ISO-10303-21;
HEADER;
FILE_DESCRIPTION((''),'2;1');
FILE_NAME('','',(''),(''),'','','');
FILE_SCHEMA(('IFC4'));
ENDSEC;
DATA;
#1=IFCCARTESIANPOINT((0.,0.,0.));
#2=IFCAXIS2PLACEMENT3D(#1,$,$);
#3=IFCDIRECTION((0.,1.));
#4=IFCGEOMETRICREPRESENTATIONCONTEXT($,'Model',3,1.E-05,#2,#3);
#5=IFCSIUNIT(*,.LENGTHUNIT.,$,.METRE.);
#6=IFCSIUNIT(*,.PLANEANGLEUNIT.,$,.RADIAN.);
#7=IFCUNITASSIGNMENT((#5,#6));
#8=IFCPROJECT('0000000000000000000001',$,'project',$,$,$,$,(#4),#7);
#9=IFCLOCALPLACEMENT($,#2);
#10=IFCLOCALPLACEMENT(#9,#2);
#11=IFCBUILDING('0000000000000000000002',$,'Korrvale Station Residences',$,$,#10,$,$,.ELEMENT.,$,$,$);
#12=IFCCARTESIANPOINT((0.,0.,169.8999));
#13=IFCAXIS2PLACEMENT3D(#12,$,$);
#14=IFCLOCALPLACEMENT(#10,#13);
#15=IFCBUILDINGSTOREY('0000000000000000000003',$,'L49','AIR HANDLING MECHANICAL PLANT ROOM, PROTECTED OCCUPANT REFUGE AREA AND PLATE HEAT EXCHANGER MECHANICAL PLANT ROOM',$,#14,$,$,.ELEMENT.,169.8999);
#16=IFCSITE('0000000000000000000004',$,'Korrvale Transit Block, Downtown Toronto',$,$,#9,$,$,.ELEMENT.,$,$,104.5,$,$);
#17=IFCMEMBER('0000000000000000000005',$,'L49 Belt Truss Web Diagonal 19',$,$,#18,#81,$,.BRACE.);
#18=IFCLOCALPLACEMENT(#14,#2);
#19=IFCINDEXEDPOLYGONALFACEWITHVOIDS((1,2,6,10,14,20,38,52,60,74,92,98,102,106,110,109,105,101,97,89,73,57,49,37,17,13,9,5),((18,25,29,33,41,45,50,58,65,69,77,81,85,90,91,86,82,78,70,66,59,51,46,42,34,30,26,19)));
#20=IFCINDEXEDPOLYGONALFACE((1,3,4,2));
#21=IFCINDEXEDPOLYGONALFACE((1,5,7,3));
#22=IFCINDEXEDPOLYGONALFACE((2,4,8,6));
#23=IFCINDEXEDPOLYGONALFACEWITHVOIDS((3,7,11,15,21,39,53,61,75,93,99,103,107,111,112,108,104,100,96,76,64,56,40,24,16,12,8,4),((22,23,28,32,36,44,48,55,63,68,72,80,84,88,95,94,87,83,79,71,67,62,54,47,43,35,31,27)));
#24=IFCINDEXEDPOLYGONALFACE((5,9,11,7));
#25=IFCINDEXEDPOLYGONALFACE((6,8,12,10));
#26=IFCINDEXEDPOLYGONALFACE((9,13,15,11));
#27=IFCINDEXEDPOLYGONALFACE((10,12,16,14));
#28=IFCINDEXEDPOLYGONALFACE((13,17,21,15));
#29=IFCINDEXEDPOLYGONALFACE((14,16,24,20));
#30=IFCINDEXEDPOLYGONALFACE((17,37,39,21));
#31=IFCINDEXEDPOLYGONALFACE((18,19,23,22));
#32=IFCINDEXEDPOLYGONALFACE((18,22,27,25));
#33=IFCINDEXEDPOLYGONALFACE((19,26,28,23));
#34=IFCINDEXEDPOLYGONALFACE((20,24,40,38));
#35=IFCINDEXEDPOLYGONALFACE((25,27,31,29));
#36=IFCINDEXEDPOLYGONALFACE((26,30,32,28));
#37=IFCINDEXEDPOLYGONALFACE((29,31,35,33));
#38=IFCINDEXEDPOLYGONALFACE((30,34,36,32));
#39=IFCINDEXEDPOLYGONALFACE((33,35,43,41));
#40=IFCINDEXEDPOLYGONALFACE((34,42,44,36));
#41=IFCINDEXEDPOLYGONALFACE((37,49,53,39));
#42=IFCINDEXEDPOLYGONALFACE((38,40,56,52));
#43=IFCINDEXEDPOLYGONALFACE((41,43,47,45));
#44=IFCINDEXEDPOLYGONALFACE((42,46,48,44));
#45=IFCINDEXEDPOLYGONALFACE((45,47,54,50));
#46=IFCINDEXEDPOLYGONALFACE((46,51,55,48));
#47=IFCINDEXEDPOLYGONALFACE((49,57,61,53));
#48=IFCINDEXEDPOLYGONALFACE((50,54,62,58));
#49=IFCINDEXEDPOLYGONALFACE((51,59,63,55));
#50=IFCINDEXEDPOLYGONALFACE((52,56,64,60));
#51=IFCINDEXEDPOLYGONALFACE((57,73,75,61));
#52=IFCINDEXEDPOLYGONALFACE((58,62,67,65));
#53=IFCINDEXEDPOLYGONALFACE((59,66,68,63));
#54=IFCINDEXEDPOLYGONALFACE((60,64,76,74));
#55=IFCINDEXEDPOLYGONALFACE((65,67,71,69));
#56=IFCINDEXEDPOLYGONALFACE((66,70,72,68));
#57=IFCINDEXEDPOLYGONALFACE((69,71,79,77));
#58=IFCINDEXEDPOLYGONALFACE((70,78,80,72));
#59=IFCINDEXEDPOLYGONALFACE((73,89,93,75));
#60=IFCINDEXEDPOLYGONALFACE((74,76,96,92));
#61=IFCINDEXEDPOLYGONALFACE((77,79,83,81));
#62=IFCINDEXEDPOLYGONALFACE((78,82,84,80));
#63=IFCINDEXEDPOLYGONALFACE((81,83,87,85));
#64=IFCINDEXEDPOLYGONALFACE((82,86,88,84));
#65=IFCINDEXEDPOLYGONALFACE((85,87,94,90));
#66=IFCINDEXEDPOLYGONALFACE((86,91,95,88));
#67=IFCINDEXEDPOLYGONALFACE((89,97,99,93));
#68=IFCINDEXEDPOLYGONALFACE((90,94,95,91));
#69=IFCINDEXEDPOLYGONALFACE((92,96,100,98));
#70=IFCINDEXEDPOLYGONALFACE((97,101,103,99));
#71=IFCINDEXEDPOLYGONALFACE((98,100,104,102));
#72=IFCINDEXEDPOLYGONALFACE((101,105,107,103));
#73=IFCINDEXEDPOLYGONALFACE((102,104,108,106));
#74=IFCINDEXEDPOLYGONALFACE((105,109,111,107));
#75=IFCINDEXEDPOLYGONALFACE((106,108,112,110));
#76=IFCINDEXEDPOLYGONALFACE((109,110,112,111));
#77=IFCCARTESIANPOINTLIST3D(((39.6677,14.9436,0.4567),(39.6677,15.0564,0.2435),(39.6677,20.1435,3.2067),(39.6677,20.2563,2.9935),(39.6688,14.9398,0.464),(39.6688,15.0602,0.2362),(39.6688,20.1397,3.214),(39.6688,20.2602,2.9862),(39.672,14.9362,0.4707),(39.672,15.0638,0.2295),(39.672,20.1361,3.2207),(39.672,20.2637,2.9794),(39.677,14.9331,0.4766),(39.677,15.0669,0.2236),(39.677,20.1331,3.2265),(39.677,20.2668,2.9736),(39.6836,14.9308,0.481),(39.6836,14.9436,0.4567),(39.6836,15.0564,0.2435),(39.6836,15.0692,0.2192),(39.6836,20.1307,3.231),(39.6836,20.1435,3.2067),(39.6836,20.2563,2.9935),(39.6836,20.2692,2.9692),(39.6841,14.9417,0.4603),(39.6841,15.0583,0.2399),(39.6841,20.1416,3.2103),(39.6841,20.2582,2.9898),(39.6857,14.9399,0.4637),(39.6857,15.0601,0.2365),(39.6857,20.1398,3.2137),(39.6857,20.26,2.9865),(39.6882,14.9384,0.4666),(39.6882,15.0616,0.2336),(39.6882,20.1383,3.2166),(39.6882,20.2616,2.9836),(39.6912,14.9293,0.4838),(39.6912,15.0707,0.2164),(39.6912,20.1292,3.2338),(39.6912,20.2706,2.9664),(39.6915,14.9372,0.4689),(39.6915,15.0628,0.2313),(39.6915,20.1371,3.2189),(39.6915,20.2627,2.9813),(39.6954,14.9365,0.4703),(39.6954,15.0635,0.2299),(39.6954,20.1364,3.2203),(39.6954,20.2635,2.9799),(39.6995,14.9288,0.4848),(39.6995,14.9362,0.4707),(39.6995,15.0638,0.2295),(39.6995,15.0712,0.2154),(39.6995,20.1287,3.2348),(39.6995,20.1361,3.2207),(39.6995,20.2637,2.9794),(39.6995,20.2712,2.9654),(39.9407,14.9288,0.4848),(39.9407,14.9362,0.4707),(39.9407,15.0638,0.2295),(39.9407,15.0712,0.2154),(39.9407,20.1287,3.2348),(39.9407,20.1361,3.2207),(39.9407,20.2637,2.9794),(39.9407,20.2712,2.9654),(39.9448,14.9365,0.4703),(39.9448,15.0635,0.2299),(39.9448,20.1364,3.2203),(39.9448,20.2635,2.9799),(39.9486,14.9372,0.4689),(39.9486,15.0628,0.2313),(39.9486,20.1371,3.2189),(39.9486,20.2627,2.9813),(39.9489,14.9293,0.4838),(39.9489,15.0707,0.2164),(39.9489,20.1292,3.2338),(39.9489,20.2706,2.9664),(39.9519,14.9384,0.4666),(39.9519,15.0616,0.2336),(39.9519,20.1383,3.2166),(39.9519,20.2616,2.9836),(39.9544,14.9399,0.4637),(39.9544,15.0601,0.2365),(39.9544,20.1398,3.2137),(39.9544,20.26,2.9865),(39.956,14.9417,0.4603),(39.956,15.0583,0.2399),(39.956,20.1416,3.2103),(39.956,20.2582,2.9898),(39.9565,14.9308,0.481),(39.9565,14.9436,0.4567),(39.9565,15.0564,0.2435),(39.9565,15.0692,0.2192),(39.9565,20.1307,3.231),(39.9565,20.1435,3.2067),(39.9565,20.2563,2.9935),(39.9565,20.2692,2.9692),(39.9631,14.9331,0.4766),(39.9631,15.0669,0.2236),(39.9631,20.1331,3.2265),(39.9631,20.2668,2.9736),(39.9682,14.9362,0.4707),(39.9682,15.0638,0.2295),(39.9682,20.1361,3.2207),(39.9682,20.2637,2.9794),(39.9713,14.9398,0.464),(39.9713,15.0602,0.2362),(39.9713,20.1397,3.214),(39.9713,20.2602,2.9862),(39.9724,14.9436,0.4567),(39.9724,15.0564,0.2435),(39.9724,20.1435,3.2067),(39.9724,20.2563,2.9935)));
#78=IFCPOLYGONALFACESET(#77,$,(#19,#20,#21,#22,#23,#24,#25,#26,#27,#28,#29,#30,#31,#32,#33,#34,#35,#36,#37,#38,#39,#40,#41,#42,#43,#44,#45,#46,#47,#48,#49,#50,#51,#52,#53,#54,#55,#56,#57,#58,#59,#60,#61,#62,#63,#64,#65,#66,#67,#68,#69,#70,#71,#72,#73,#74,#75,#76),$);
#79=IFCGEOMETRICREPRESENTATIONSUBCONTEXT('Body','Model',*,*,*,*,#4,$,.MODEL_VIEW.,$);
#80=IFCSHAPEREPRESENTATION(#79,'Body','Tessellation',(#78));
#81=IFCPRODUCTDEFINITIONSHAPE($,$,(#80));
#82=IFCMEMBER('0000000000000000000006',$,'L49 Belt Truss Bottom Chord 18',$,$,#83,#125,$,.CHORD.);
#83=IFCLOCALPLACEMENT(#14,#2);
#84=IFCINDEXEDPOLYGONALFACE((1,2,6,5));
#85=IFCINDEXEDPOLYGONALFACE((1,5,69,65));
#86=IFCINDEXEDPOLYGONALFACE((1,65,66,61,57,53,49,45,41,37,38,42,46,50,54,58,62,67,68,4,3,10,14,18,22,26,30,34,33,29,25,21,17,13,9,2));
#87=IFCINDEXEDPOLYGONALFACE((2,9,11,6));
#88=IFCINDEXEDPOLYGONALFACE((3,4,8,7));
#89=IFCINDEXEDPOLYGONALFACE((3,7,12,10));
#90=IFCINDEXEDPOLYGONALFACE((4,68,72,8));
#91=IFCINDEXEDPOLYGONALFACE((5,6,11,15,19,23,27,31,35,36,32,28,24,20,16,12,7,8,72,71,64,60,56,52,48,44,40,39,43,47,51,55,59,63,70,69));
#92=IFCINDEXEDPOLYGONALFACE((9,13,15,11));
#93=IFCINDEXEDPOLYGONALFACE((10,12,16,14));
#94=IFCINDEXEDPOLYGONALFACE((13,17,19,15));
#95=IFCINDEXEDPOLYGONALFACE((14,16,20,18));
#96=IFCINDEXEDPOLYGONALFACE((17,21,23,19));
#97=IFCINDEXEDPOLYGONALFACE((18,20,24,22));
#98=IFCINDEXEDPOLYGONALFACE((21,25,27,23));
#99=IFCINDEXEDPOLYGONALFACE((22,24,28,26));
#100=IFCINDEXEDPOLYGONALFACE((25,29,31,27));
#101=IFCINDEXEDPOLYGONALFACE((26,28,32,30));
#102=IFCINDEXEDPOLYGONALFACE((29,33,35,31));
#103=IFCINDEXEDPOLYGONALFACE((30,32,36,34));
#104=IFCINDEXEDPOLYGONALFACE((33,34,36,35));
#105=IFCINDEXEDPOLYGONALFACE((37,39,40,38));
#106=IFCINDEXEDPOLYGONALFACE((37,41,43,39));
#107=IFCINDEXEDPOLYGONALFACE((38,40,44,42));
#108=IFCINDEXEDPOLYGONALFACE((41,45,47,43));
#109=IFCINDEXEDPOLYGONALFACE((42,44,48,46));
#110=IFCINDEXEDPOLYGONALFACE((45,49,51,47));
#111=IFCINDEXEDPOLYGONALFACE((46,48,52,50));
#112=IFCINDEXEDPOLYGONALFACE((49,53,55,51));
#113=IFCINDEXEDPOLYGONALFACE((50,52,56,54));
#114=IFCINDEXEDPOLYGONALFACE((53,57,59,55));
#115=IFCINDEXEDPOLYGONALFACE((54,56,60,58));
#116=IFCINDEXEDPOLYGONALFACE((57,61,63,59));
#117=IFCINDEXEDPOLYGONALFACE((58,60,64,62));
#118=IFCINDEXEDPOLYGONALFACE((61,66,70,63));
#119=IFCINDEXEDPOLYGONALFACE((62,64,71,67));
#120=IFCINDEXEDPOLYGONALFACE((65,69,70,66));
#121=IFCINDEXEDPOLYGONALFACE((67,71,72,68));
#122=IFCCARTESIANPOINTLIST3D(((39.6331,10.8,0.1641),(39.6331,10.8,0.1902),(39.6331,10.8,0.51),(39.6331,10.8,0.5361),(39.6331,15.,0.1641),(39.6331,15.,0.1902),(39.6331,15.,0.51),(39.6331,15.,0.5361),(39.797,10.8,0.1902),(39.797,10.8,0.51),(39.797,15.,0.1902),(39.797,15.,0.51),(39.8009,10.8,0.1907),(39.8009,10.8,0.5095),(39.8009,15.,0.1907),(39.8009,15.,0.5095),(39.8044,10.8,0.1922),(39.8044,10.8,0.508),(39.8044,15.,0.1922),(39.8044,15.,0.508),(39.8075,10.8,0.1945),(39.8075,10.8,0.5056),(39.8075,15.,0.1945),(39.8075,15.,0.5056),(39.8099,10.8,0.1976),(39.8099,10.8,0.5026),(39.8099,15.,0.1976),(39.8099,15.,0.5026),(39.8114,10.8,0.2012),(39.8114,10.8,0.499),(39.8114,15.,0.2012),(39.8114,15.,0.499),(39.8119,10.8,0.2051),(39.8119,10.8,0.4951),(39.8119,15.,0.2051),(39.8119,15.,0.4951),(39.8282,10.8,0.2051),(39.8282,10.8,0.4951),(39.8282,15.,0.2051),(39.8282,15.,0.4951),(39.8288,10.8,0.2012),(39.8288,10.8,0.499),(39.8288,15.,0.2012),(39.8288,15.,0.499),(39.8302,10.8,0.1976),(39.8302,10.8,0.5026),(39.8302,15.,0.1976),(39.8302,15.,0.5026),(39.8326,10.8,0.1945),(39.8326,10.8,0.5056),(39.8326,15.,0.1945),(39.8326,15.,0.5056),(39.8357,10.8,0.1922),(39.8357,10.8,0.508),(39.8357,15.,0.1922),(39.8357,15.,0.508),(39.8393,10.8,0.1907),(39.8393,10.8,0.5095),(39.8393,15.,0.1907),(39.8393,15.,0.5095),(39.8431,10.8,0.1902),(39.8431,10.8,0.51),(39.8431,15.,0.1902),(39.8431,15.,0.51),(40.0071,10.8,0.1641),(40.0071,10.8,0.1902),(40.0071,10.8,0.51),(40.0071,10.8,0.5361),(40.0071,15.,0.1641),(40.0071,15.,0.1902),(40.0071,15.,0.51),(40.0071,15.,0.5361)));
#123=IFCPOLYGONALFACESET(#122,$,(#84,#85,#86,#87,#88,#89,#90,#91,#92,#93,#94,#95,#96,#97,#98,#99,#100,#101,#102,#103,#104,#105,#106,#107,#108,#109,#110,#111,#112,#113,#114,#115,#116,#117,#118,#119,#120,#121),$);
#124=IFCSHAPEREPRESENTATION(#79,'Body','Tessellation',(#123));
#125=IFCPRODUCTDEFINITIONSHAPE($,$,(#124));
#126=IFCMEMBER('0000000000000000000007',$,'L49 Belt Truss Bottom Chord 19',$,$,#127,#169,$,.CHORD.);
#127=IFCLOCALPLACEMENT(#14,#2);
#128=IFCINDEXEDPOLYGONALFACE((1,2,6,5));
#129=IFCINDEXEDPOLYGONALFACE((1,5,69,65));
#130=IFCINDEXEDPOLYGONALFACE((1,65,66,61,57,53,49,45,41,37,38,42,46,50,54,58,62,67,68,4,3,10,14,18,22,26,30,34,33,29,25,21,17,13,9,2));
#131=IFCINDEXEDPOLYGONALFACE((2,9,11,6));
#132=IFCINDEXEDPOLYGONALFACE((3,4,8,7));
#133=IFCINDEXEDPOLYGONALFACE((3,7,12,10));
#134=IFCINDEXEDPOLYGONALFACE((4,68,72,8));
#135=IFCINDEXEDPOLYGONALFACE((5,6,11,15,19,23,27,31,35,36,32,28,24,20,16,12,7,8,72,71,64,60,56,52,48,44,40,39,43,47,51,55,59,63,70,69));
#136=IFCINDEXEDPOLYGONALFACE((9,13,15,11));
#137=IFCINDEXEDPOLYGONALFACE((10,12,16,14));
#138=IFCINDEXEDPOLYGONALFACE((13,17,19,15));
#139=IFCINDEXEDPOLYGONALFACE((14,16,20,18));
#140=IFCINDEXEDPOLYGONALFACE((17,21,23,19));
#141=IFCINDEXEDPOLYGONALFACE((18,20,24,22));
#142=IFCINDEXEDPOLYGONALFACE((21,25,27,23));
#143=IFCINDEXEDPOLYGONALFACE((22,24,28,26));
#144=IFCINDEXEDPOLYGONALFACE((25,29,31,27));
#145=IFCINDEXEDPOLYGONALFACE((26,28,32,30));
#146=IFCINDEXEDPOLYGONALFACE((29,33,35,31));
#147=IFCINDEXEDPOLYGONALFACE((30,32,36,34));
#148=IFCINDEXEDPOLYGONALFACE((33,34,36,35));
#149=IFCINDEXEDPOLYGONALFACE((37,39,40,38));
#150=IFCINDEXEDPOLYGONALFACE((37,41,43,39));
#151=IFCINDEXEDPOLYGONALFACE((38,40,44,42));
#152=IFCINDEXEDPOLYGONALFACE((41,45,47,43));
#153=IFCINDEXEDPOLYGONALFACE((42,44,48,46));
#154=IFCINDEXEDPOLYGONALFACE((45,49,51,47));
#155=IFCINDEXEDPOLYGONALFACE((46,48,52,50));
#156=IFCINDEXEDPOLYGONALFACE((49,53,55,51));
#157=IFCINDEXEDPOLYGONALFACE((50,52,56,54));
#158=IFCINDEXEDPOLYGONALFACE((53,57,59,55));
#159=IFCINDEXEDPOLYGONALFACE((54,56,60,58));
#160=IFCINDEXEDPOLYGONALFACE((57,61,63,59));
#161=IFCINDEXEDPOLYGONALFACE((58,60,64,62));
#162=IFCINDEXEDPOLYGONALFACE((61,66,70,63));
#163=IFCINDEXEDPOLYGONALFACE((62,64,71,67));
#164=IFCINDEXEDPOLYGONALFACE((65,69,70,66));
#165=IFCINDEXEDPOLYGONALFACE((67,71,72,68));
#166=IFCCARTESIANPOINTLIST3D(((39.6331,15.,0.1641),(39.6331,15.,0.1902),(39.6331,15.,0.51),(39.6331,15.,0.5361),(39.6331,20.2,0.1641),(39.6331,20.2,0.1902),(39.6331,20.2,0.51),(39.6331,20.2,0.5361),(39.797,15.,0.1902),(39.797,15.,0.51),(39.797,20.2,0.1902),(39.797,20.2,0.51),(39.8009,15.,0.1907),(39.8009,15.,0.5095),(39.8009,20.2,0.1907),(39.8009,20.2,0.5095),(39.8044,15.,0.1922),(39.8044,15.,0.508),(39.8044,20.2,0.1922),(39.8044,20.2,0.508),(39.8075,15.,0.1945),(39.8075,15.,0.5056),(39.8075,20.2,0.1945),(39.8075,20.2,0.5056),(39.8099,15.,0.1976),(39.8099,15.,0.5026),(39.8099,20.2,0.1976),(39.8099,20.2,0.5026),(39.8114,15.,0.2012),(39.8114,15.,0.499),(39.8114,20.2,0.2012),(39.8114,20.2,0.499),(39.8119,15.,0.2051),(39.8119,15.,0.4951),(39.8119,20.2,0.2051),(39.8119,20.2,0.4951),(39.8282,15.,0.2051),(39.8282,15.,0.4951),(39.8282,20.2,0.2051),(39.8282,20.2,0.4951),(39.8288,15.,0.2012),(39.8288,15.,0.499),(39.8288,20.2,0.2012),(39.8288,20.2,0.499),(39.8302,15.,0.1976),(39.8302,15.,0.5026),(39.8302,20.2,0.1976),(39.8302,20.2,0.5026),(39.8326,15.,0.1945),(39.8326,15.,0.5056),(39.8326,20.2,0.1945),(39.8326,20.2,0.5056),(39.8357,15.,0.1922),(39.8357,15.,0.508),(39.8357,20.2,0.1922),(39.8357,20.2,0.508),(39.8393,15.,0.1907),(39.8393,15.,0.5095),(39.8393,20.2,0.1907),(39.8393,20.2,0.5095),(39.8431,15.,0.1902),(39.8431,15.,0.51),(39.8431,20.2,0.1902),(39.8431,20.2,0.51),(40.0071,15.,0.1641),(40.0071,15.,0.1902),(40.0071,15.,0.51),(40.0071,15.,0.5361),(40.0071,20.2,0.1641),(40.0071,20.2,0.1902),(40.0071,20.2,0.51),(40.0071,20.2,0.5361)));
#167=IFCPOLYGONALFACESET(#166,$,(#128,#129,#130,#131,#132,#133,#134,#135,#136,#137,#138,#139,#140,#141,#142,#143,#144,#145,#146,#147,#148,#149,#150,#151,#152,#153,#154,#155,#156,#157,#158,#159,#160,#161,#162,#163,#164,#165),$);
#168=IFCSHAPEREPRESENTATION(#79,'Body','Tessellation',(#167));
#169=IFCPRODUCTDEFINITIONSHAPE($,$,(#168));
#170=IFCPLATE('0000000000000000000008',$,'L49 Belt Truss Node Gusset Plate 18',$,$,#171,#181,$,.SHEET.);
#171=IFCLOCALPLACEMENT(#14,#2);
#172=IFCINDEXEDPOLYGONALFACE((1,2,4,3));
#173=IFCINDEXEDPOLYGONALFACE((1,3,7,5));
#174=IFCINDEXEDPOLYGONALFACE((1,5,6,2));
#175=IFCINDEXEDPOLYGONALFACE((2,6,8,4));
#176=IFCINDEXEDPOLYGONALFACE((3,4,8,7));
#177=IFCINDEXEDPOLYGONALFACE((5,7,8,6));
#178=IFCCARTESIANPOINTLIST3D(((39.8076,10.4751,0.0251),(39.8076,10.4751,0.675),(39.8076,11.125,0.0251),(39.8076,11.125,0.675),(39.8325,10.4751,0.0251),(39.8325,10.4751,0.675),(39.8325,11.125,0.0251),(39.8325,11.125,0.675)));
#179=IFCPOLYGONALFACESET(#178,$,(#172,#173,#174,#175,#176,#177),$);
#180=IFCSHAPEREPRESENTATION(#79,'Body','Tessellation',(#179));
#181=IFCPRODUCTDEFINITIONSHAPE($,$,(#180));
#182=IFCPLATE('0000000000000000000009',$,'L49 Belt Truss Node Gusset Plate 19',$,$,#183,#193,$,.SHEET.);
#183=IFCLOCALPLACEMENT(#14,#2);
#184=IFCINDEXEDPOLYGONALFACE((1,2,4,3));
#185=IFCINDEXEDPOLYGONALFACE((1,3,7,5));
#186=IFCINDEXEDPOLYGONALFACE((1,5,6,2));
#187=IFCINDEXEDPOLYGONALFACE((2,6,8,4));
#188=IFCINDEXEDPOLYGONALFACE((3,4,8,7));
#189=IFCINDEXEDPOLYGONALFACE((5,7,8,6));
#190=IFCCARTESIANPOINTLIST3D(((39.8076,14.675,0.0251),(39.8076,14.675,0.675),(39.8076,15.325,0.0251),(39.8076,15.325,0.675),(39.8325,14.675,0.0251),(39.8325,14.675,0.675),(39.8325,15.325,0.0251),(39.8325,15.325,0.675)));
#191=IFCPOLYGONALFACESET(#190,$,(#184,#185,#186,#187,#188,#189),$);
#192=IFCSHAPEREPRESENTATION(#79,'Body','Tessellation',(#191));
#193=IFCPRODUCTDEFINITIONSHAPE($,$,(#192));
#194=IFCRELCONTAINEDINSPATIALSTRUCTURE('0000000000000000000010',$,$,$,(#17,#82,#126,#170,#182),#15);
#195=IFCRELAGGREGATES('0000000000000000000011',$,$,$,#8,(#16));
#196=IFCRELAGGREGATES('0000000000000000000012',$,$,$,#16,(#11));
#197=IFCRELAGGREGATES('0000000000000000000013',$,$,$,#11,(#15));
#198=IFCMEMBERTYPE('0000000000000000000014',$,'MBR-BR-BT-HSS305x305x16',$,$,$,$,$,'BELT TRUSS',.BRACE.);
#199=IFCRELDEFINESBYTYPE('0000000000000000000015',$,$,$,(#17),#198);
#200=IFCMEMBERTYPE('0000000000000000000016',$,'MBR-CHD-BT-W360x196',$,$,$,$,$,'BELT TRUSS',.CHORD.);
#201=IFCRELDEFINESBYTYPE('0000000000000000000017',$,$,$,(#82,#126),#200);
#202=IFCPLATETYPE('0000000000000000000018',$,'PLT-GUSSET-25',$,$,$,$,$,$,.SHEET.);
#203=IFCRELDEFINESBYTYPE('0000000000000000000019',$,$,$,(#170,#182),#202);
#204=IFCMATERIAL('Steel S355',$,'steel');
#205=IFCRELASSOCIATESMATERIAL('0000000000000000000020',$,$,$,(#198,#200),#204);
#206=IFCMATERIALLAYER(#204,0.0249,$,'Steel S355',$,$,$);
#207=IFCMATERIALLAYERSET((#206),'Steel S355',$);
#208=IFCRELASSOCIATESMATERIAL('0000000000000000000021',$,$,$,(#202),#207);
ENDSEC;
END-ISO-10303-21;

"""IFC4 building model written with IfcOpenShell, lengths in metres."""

from ifc_helpers import new_model, si_unit, direction, frame, origin, origin_2d, place, context, subcontext, project, spatial, rectangle, hollow_rectangle, i_section, extrude, material, layer, layer_set, material_profile, profile_set, type_object, element, save


model = new_model("IFC4")

# Units and contexts
model_context = context("Model", 3, precision=1e-05, world=origin(), true_north=direction((0.0, 1.0)))
body_context = subcontext(model_context, "Body", "Model", "MODEL_VIEW")
ifc_project = project(units=[si_unit("LENGTHUNIT", "METRE"), si_unit("PLANEANGLEUNIT", "RADIAN")], contexts=[model_context])

# Site, building, storey
site_placement = place(None, origin())
site = spatial("IfcSite", under=ifc_project, at=site_placement, Name="Korrvale Transit Block, Downtown Toronto", CompositionType="ELEMENT", RefElevation=104.5)
building_placement = place(site_placement, origin())
building = spatial("IfcBuilding", under=site, at=building_placement, Name="Korrvale Station Residences", CompositionType="ELEMENT")
storey_placement = place(building_placement, frame((0.0, 0.0, 169.8999)))
storey = spatial("IfcBuildingStorey", under=building, at=storey_placement, Name="L49", Description="AIR HANDLING MECHANICAL PLANT ROOM, PROTECTED OCCUPANT REFUGE AREA AND PLATE HEAT EXCHANGER MECHANICAL PLANT ROOM", CompositionType="ELEMENT", Elevation=169.8999)

# Members
ifc_material_1 = material(Name="Steel S355", Category="steel")
ifc_material_profile_1 = material_profile(ifc_material_1, hollow_rectangle(XDim=0.3047, YDim=0.3047, WallThickness=0.0159, InnerFilletRadius=0.0159, OuterFilletRadius=0.0317, at=origin_2d()), Name="HSS305x305x16")
ifc_profile_set_1 = profile_set([ifc_material_profile_1], Name="Steel S355")
member_type_1 = type_object("IfcMemberType", Name="MBR-BR-BT-HSS305x305x16", ElementType="BELT TRUSS", PredefinedType="BRACE", material=ifc_profile_set_1)
member_1_placement = place(storey_placement, frame((39.8201, 15.0, 0.3501), z_axis=(0.0, 0.883993, 0.467501), x_axis=(-1.0, 0.0, 0.0)))
element("IfcMember", 1, at=member_1_placement, inside=storey, type_object=member_type_1, Name="L49 Belt Truss Web Diagonal 19", PredefinedType="BRACE", context=body_context, shape_type="SweptSolid", body=[
    extrude(hollow_rectangle(XDim=0.3047, YDim=0.3047, WallThickness=0.0159, InnerFilletRadius=0.0159, OuterFilletRadius=0.0317, at=origin_2d()), origin(), (0.0, 0.0, 1.0), 5.8823),
])
ifc_material_profile_2 = material_profile(ifc_material_1, i_section(OverallWidth=0.374, OverallDepth=0.3721, WebThickness=0.0164, FlangeThickness=0.0261, FilletRadius=0.0149, at=origin_2d()), Name="W360x196")
ifc_profile_set_2 = profile_set([ifc_material_profile_2], Name="Steel S355")
member_type_2 = type_object("IfcMemberType", Name="MBR-CHD-BT-W360x196", ElementType="BELT TRUSS", PredefinedType="CHORD", material=ifc_profile_set_2)
member_2_placement = place(storey_placement, frame((39.8201, 10.8, 0.3501), z_axis=(0.0, 1.0, 0.0), x_axis=(-1.0, 0.0, 0.0)))
element("IfcMember", 2, at=member_2_placement, inside=storey, type_object=member_type_2, Name="L49 Belt Truss Bottom Chord 18", PredefinedType="CHORD", context=body_context, shape_type="SweptSolid", body=[
    extrude(i_section(OverallWidth=0.374, OverallDepth=0.3721, WebThickness=0.0164, FlangeThickness=0.0261, FilletRadius=0.0149, at=origin_2d()), origin(), (0.0, 0.0, 1.0), 4.2),
])
member_3_placement = place(storey_placement, frame((39.8201, 15.0, 0.3501), z_axis=(0.0, 1.0, 0.0), x_axis=(-1.0, 0.0, 0.0)))
element("IfcMember", 3, at=member_3_placement, inside=storey, type_object=member_type_2, Name="L49 Belt Truss Bottom Chord 19", PredefinedType="CHORD", context=body_context, shape_type="SweptSolid", body=[
    extrude(i_section(OverallWidth=0.374, OverallDepth=0.3721, WebThickness=0.0164, FlangeThickness=0.0261, FilletRadius=0.0149, at=origin_2d()), origin(), (0.0, 0.0, 1.0), 5.2),
])

# Plates
ifc_layer_1 = layer(ifc_material_1, 0.0249, Name="Steel S355")
ifc_layer_set_1 = layer_set([ifc_layer_1], Name="Steel S355")
plate_type = type_object("IfcPlateType", Name="PLT-GUSSET-25", PredefinedType="SHEET", material=ifc_layer_set_1)
for number, where, z_axis, x_axis, name in (
    (4, (39.8201, 10.8, 0.0251), (0.0, 0.0, 1.0), (0.0, 1.0, 0.0), "L49 Belt Truss Node Gusset Plate 18"),
    (5, (39.8201, 15.0, 0.0251), (0.0, 0.0, 1.0), (0.0, 1.0, 0.0), "L49 Belt Truss Node Gusset Plate 19"),
):
    element("IfcPlate", number, at=place(storey_placement, frame(where, z_axis=z_axis, x_axis=x_axis)), inside=storey, type_object=plate_type, Name=name, PredefinedType="SHEET", context=body_context, shape_type="SweptSolid", body=[
        extrude(rectangle(XDim=0.6499, YDim=0.0249, at=origin_2d()), origin(), (0.0, 0.0, 1.0), 0.6499),
    ])

save(model, "model.ifc")
